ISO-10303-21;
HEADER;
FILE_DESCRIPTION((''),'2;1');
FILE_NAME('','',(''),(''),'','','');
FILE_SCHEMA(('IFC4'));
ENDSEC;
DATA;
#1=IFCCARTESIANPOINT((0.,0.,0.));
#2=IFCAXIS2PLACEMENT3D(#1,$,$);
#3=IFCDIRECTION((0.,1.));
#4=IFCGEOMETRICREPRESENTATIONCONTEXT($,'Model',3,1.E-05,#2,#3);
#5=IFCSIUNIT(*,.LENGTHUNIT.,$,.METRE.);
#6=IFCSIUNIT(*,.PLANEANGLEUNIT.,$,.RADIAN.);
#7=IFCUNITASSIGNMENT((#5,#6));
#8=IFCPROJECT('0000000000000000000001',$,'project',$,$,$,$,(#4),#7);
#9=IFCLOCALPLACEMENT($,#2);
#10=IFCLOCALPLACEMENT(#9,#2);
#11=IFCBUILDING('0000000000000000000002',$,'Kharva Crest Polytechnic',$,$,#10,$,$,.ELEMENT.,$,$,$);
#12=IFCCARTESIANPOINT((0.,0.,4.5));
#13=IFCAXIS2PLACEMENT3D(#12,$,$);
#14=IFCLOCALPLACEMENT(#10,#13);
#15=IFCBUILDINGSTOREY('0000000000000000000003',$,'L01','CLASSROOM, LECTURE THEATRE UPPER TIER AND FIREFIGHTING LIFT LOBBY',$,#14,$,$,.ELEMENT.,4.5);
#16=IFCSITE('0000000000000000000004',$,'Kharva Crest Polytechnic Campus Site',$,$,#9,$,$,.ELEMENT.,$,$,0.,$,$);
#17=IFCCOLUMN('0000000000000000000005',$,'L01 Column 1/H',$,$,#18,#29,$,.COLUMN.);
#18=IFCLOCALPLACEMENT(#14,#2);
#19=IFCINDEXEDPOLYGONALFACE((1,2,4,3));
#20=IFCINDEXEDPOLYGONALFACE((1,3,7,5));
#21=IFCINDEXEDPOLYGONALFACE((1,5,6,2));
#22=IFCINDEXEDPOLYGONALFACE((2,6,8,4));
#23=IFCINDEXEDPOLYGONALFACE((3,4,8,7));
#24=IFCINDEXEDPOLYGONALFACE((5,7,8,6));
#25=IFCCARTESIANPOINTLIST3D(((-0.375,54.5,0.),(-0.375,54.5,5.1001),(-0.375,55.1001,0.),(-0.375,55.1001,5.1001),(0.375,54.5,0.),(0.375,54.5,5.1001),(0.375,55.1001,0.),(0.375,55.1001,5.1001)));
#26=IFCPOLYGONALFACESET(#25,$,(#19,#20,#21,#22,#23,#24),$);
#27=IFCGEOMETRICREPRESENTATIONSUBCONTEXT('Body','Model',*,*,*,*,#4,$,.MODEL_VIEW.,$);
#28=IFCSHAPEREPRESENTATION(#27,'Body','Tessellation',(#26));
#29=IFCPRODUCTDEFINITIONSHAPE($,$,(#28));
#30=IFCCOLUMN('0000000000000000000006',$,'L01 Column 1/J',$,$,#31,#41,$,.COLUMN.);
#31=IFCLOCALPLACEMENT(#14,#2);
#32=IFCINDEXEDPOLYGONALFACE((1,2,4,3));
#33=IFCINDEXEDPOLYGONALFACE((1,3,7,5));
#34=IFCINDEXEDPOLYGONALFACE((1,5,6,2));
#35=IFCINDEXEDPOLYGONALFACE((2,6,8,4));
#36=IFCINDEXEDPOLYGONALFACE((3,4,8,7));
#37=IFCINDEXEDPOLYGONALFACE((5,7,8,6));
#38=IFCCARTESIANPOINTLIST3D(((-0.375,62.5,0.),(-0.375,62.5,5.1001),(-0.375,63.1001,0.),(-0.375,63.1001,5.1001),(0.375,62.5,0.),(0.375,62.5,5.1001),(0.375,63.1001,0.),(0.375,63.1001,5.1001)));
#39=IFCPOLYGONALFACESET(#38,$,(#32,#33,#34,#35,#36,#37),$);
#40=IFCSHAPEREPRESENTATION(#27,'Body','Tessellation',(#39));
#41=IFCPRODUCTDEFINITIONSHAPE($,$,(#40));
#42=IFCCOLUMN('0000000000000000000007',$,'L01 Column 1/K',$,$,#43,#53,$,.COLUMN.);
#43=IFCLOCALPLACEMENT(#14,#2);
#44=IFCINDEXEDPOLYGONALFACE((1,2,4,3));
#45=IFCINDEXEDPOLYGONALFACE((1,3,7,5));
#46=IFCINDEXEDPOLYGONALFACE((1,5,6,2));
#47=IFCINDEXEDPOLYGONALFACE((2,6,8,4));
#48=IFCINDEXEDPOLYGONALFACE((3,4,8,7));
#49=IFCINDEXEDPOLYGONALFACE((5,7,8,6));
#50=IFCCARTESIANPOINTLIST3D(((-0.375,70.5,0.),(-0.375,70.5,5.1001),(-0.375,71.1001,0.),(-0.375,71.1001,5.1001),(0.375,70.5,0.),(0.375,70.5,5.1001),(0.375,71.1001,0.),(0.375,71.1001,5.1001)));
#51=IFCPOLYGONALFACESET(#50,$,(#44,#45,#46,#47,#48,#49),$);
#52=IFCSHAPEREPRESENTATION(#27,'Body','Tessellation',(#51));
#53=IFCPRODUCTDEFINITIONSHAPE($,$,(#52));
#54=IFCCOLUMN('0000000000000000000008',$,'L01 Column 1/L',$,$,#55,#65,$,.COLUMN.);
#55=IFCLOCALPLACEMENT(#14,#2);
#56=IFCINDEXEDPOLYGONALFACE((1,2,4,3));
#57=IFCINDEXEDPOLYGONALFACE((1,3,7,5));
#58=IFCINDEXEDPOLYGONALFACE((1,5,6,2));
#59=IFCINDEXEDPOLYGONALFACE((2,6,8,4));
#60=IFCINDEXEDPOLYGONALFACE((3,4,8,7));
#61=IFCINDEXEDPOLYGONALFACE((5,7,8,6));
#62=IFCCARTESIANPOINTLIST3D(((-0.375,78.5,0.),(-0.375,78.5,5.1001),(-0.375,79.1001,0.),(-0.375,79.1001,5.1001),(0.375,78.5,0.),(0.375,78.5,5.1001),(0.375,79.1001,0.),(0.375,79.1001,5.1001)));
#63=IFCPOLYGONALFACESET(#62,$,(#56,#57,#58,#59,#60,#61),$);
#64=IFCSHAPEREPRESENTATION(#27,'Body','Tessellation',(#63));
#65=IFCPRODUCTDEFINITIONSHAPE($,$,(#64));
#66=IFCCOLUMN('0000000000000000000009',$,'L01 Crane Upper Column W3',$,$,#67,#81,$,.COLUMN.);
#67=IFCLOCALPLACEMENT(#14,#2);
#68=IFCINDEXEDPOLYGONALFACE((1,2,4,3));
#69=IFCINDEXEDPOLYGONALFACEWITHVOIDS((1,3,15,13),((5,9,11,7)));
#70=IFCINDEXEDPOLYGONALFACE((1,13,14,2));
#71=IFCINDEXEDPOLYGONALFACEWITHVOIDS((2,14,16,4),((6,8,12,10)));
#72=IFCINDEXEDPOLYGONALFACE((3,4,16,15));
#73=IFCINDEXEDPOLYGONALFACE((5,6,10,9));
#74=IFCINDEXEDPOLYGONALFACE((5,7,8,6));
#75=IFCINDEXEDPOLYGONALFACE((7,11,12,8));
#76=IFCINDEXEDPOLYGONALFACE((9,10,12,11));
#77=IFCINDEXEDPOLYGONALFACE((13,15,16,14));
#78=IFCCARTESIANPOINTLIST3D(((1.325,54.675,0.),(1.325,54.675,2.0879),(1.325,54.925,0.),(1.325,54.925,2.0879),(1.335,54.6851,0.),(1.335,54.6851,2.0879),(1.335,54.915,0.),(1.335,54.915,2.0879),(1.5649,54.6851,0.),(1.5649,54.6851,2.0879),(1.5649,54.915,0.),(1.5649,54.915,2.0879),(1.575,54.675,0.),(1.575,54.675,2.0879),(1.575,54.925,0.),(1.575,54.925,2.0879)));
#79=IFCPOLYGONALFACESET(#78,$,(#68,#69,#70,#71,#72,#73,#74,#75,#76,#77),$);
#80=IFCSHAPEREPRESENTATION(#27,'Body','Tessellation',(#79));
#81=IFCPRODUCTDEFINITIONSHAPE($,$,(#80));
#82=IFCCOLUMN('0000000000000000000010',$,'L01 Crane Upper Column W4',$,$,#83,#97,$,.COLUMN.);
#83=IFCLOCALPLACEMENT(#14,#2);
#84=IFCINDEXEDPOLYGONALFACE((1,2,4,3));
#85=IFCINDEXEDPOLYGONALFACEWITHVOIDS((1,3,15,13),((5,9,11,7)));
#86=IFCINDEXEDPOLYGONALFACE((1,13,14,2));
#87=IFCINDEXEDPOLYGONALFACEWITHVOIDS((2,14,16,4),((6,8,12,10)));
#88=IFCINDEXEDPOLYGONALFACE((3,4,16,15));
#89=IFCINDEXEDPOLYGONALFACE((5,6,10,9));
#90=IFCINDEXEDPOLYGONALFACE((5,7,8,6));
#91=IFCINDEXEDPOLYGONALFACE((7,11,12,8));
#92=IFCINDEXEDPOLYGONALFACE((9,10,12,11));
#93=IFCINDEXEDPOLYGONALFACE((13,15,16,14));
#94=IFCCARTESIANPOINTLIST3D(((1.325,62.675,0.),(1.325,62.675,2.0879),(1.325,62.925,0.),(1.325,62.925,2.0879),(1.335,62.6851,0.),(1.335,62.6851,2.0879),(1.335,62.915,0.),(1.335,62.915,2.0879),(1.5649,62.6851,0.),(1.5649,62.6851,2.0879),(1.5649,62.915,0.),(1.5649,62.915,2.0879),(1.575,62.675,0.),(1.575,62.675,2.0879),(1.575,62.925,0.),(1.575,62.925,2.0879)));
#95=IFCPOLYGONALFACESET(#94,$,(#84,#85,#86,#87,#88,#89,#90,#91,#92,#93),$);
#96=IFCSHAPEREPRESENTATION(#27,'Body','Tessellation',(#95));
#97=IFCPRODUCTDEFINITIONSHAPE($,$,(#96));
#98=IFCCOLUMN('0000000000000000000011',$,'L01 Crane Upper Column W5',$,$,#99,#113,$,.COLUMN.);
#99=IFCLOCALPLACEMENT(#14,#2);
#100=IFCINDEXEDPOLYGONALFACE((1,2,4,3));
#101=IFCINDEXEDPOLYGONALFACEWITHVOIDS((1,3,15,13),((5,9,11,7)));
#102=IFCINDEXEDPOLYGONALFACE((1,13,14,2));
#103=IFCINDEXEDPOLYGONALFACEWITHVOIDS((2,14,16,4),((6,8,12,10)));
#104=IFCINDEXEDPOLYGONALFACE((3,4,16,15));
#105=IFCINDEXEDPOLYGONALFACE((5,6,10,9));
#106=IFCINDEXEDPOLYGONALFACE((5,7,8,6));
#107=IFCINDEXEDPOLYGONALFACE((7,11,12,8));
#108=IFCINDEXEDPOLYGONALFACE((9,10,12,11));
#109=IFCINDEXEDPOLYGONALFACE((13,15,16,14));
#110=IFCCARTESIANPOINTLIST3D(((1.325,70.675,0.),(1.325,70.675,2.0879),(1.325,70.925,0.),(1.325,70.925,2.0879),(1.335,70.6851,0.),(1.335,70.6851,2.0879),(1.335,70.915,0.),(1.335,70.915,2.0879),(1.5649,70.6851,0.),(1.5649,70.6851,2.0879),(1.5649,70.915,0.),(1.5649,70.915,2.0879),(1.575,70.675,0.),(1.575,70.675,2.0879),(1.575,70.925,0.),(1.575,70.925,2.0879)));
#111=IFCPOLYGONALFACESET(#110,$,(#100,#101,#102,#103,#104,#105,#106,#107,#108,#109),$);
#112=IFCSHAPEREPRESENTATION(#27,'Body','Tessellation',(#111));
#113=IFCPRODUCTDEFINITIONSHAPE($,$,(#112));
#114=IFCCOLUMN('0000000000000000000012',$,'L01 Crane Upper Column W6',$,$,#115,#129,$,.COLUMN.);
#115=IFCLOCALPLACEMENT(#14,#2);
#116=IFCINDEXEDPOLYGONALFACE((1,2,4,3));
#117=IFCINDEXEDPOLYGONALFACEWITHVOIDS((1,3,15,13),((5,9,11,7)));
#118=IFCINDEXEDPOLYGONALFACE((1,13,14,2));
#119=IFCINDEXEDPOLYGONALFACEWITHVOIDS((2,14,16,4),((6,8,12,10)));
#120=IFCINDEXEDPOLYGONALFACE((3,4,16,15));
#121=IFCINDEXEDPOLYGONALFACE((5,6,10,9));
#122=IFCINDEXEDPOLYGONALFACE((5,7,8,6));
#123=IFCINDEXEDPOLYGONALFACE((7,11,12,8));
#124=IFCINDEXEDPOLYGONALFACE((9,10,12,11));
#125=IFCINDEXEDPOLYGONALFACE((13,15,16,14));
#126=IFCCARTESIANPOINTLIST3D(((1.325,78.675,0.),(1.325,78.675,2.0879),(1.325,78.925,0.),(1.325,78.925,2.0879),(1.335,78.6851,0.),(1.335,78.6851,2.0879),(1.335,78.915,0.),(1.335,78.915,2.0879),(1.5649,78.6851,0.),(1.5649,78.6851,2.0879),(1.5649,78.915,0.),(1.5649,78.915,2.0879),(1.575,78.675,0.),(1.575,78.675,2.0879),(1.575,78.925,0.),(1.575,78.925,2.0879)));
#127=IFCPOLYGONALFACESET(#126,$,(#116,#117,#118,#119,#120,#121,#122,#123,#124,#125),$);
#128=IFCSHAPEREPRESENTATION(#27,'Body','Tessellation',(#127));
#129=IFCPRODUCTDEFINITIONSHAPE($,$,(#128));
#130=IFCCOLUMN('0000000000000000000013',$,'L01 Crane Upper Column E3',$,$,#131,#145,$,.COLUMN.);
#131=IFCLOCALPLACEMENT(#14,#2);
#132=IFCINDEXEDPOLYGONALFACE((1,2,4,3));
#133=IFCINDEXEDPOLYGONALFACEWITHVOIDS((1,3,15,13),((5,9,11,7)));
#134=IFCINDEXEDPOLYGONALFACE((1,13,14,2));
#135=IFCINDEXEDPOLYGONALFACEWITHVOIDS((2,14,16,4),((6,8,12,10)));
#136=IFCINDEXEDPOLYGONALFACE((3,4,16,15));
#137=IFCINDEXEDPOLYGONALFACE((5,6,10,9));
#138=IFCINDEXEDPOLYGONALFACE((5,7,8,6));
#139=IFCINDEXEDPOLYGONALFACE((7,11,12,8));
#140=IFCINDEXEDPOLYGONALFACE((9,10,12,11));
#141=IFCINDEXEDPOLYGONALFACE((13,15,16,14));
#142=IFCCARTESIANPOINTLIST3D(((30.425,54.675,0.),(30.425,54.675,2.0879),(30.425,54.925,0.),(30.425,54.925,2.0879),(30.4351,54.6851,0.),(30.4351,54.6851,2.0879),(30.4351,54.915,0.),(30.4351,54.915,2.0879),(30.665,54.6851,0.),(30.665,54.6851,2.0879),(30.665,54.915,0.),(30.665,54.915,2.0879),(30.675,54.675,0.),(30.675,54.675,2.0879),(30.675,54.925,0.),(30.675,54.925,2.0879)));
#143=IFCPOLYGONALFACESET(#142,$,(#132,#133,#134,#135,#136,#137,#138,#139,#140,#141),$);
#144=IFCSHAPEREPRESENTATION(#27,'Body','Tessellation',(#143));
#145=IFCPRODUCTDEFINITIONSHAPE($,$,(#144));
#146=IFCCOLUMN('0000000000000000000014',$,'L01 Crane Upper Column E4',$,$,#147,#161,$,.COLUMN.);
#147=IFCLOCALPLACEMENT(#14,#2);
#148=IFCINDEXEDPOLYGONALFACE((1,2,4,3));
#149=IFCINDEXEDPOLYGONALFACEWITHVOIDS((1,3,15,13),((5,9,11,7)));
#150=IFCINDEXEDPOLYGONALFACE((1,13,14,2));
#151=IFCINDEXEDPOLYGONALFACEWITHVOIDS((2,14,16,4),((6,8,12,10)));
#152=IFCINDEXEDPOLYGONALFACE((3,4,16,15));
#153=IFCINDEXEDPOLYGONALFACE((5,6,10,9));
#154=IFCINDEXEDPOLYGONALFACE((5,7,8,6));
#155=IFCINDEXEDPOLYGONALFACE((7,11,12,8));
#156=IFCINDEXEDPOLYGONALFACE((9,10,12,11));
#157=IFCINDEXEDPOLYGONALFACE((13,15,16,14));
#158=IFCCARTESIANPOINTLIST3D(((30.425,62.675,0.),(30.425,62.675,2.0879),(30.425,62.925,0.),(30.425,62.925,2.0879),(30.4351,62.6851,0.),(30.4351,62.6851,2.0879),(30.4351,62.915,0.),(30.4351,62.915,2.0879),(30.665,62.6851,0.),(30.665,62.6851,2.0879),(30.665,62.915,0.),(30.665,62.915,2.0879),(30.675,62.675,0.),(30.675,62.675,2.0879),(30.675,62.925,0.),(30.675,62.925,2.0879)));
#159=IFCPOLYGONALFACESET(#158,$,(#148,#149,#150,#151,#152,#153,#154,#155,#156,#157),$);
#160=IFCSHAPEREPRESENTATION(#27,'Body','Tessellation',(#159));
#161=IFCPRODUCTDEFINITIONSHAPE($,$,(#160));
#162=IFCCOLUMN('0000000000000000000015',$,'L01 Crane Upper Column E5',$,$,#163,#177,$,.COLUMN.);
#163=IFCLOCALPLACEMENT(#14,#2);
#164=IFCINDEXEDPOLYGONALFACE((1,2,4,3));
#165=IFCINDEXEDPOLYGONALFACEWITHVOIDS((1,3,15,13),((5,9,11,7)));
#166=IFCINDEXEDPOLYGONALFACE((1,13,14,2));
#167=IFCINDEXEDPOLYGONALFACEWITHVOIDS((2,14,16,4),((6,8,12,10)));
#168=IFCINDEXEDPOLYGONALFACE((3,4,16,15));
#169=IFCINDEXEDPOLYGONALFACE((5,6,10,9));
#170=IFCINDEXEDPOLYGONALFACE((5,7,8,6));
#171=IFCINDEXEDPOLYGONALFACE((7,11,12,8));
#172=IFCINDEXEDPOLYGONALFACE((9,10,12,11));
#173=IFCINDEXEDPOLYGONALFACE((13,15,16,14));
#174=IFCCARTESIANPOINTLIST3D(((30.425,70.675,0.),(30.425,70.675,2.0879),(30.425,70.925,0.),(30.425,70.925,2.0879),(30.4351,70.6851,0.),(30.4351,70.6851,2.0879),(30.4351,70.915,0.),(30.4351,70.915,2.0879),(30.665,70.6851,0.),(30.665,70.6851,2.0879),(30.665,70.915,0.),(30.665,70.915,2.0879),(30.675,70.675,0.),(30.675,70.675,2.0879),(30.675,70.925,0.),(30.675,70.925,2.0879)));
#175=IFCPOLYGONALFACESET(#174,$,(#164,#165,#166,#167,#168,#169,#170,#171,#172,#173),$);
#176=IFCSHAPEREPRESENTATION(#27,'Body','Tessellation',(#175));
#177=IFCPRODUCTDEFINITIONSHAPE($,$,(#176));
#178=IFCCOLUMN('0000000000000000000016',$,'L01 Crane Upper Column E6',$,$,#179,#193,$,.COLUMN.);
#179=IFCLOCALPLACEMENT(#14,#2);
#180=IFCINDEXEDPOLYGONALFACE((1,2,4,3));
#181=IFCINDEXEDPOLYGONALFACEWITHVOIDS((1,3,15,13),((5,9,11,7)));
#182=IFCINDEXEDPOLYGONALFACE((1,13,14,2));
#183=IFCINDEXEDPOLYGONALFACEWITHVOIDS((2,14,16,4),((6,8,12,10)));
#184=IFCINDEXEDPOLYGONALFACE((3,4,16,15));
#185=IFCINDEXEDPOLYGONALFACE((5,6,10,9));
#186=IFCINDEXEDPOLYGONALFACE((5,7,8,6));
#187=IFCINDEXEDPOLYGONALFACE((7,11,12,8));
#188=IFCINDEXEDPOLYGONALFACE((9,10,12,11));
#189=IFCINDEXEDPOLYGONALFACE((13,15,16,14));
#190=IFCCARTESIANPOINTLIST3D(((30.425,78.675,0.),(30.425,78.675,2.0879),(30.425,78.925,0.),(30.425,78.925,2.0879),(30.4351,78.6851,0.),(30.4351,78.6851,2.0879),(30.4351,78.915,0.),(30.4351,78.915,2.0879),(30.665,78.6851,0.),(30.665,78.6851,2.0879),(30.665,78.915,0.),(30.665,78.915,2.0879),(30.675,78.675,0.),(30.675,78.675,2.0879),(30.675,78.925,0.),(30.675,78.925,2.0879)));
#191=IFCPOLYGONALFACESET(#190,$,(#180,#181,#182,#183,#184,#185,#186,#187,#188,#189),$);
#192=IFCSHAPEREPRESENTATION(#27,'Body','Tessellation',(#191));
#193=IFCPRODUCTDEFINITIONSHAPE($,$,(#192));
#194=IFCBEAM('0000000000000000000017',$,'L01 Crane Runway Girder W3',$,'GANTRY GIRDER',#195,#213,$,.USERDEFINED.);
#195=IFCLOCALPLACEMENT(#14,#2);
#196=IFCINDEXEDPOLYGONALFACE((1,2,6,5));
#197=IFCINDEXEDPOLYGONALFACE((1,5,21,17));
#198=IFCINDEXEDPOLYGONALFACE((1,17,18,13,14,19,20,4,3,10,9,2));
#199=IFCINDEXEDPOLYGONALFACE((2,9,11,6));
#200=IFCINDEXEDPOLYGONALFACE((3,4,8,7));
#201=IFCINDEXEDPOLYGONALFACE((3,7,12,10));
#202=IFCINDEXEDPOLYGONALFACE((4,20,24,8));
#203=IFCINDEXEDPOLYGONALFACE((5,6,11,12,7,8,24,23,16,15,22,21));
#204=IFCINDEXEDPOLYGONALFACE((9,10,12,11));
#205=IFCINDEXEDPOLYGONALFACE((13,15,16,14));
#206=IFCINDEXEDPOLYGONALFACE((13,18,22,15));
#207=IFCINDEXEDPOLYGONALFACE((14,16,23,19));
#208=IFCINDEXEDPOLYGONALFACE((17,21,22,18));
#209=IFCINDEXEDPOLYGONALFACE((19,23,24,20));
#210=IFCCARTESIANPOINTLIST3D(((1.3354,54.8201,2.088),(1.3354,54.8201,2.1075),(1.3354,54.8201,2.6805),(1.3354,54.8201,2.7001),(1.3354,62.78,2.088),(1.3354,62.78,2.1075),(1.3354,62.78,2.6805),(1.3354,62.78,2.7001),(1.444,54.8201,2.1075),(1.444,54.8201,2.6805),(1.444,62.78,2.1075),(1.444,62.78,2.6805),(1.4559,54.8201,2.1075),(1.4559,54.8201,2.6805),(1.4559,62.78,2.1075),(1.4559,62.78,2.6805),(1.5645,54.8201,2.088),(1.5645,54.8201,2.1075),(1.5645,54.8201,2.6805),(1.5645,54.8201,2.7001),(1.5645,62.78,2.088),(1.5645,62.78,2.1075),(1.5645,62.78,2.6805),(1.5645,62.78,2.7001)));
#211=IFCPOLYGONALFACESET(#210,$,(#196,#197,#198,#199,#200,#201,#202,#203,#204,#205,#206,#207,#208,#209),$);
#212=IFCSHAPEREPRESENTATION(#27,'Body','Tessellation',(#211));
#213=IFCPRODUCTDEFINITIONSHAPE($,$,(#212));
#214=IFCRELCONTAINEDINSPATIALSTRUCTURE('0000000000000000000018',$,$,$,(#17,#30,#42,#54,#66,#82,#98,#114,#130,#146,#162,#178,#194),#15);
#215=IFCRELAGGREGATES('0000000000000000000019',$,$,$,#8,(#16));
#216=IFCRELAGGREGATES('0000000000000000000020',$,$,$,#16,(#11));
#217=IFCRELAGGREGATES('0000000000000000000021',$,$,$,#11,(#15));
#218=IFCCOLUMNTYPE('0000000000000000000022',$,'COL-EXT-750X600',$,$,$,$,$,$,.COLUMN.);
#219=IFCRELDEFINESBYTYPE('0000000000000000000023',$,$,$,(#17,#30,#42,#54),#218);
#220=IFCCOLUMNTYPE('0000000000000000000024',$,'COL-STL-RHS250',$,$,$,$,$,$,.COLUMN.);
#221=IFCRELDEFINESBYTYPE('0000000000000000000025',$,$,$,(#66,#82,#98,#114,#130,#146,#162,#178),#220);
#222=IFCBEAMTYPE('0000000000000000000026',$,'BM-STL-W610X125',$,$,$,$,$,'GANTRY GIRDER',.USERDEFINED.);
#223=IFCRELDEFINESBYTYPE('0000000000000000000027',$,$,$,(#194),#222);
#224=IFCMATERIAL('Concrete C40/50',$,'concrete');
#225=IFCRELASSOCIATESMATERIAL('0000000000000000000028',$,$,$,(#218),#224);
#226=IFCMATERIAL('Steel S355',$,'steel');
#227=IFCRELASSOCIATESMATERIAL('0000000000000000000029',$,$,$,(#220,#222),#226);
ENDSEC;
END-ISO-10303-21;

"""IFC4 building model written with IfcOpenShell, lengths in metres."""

from ifc_helpers import new_model, si_unit, direction, frame, origin, origin_2d, place, context, subcontext, project, spatial, rectangle, hollow_rectangle, i_section, extrude, material, material_profile, profile_set, type_object, element, save


model = new_model("IFC4")

# Units and contexts
model_context = context("Model", 3, precision=1e-05, world=origin(), true_north=direction((0.0, 1.0)))
body_context = subcontext(model_context, "Body", "Model", "MODEL_VIEW")
ifc_project = project(units=[si_unit("LENGTHUNIT", "METRE"), si_unit("PLANEANGLEUNIT", "RADIAN")], contexts=[model_context])

# Site, building, storey
site_placement = place(None, origin())
site = spatial("IfcSite", under=ifc_project, at=site_placement, Name="Kharva Crest Polytechnic Campus Site", CompositionType="ELEMENT", RefElevation=0.0)
building_placement = place(site_placement, origin())
building = spatial("IfcBuilding", under=site, at=building_placement, Name="Kharva Crest Polytechnic", CompositionType="ELEMENT")
storey_placement = place(building_placement, frame((0.0, 0.0, 4.5)))
storey = spatial("IfcBuildingStorey", under=building, at=storey_placement, Name="L01", Description="CLASSROOM, LECTURE THEATRE UPPER TIER AND FIREFIGHTING LIFT LOBBY", CompositionType="ELEMENT", Elevation=4.5)

# Columns
ifc_material_1 = material(Name="Concrete C40/50", Category="concrete")
ifc_material_profile_1 = material_profile(ifc_material_1, rectangle(XDim=0.75, YDim=0.6001, at=origin_2d()), Name="RECT 750 X 600")
ifc_profile_set_1 = profile_set([ifc_material_profile_1], Name="Concrete C40/50")
column_type_1 = type_object("IfcColumnType", Name="COL-EXT-750X600", PredefinedType="COLUMN", material=ifc_profile_set_1)
for number, where, z_axis, x_axis, name in (
    (1, (0.0, 54.8, 0.0), (0.0, 0.0, 1.0), (1.0, 0.0, 0.0), "L01 Column 1/H"),
    (2, (0.0, 62.8, 0.0), (0.0, 0.0, 1.0), (1.0, 0.0, 0.0), "L01 Column 1/J"),
    (3, (0.0, 70.8, 0.0), (0.0, 0.0, 1.0), (1.0, 0.0, 0.0), "L01 Column 1/K"),
    (4, (0.0, 78.8, 0.0), (0.0, 0.0, 1.0), (1.0, 0.0, 0.0), "L01 Column 1/L"),
):
    element("IfcColumn", number, at=place(storey_placement, frame(where, z_axis=z_axis, x_axis=x_axis)), inside=storey, type_object=column_type_1, Name=name, PredefinedType="COLUMN", context=body_context, shape_type="SweptSolid", body=[
        extrude(rectangle(XDim=0.75, YDim=0.6001, at=origin_2d()), origin(), (0.0, 0.0, 1.0), 5.1001),
    ])
ifc_material_2 = material(Name="Steel S355", Category="steel")
ifc_material_profile_2 = material_profile(ifc_material_2, hollow_rectangle(XDim=0.25, YDim=0.25, WallThickness=0.01, at=origin_2d()), Name="RHS 250X250X10.0")
ifc_profile_set_2 = profile_set([ifc_material_profile_2], Name="Steel S355")
column_type_2 = type_object("IfcColumnType", Name="COL-STL-RHS250", PredefinedType="COLUMN", material=ifc_profile_set_2)
for number, where, z_axis, x_axis, name in (
    (5, (1.45, 54.8, 0.0), (0.0, 0.0, 1.0), (1.0, 0.0, 0.0), "L01 Crane Upper Column W3"),
    (6, (1.45, 62.8, 0.0), (0.0, 0.0, 1.0), (1.0, 0.0, 0.0), "L01 Crane Upper Column W4"),
    (7, (1.45, 70.8, 0.0), (0.0, 0.0, 1.0), (1.0, 0.0, 0.0), "L01 Crane Upper Column W5"),
    (8, (1.45, 78.8, 0.0), (0.0, 0.0, 1.0), (1.0, 0.0, 0.0), "L01 Crane Upper Column W6"),
    (9, (30.55, 54.8, 0.0), (0.0, 0.0, 1.0), (1.0, 0.0, 0.0), "L01 Crane Upper Column E3"),
    (10, (30.55, 62.8, 0.0), (0.0, 0.0, 1.0), (1.0, 0.0, 0.0), "L01 Crane Upper Column E4"),
    (11, (30.55, 70.8, 0.0), (0.0, 0.0, 1.0), (1.0, 0.0, 0.0), "L01 Crane Upper Column E5"),
    (12, (30.55, 78.8, 0.0), (0.0, 0.0, 1.0), (1.0, 0.0, 0.0), "L01 Crane Upper Column E6"),
):
    element("IfcColumn", number, at=place(storey_placement, frame(where, z_axis=z_axis, x_axis=x_axis)), inside=storey, type_object=column_type_2, Name=name, PredefinedType="COLUMN", context=body_context, shape_type="SweptSolid", body=[
        extrude(hollow_rectangle(XDim=0.25, YDim=0.25, WallThickness=0.01, at=origin_2d()), origin(), (0.0, 0.0, 1.0), 2.0879),
    ])

# Beam
ifc_material_profile_3 = material_profile(ifc_material_2, i_section(OverallWidth=0.229, OverallDepth=0.6121, WebThickness=0.012, FlangeThickness=0.0195, at=origin_2d()), Name="W610X125")
ifc_profile_set_3 = profile_set([ifc_material_profile_3], Name="Steel S355")
beam_type = type_object("IfcBeamType", Name="BM-STL-W610X125", ElementType="GANTRY GIRDER", PredefinedType="USERDEFINED", material=ifc_profile_set_3)
for number, where, z_axis, x_axis, name in (
    (13, (1.45, 54.8201, 2.394), (0.0, 1.0, 0.0), (-1.0, 0.0, 0.0), "L01 Crane Runway Girder W3"),
):
    element("IfcBeam", number, at=place(storey_placement, frame(where, z_axis=z_axis, x_axis=x_axis)), inside=storey, type_object=beam_type, Name=name, ObjectType="GANTRY GIRDER", PredefinedType="USERDEFINED", context=body_context, shape_type="SweptSolid", body=[
        extrude(i_section(OverallWidth=0.229, OverallDepth=0.6121, WebThickness=0.012, FlangeThickness=0.0195, at=origin_2d()), origin(), (0.0, 0.0, 1.0), 7.96),
    ])

save(model, "model.ifc")
